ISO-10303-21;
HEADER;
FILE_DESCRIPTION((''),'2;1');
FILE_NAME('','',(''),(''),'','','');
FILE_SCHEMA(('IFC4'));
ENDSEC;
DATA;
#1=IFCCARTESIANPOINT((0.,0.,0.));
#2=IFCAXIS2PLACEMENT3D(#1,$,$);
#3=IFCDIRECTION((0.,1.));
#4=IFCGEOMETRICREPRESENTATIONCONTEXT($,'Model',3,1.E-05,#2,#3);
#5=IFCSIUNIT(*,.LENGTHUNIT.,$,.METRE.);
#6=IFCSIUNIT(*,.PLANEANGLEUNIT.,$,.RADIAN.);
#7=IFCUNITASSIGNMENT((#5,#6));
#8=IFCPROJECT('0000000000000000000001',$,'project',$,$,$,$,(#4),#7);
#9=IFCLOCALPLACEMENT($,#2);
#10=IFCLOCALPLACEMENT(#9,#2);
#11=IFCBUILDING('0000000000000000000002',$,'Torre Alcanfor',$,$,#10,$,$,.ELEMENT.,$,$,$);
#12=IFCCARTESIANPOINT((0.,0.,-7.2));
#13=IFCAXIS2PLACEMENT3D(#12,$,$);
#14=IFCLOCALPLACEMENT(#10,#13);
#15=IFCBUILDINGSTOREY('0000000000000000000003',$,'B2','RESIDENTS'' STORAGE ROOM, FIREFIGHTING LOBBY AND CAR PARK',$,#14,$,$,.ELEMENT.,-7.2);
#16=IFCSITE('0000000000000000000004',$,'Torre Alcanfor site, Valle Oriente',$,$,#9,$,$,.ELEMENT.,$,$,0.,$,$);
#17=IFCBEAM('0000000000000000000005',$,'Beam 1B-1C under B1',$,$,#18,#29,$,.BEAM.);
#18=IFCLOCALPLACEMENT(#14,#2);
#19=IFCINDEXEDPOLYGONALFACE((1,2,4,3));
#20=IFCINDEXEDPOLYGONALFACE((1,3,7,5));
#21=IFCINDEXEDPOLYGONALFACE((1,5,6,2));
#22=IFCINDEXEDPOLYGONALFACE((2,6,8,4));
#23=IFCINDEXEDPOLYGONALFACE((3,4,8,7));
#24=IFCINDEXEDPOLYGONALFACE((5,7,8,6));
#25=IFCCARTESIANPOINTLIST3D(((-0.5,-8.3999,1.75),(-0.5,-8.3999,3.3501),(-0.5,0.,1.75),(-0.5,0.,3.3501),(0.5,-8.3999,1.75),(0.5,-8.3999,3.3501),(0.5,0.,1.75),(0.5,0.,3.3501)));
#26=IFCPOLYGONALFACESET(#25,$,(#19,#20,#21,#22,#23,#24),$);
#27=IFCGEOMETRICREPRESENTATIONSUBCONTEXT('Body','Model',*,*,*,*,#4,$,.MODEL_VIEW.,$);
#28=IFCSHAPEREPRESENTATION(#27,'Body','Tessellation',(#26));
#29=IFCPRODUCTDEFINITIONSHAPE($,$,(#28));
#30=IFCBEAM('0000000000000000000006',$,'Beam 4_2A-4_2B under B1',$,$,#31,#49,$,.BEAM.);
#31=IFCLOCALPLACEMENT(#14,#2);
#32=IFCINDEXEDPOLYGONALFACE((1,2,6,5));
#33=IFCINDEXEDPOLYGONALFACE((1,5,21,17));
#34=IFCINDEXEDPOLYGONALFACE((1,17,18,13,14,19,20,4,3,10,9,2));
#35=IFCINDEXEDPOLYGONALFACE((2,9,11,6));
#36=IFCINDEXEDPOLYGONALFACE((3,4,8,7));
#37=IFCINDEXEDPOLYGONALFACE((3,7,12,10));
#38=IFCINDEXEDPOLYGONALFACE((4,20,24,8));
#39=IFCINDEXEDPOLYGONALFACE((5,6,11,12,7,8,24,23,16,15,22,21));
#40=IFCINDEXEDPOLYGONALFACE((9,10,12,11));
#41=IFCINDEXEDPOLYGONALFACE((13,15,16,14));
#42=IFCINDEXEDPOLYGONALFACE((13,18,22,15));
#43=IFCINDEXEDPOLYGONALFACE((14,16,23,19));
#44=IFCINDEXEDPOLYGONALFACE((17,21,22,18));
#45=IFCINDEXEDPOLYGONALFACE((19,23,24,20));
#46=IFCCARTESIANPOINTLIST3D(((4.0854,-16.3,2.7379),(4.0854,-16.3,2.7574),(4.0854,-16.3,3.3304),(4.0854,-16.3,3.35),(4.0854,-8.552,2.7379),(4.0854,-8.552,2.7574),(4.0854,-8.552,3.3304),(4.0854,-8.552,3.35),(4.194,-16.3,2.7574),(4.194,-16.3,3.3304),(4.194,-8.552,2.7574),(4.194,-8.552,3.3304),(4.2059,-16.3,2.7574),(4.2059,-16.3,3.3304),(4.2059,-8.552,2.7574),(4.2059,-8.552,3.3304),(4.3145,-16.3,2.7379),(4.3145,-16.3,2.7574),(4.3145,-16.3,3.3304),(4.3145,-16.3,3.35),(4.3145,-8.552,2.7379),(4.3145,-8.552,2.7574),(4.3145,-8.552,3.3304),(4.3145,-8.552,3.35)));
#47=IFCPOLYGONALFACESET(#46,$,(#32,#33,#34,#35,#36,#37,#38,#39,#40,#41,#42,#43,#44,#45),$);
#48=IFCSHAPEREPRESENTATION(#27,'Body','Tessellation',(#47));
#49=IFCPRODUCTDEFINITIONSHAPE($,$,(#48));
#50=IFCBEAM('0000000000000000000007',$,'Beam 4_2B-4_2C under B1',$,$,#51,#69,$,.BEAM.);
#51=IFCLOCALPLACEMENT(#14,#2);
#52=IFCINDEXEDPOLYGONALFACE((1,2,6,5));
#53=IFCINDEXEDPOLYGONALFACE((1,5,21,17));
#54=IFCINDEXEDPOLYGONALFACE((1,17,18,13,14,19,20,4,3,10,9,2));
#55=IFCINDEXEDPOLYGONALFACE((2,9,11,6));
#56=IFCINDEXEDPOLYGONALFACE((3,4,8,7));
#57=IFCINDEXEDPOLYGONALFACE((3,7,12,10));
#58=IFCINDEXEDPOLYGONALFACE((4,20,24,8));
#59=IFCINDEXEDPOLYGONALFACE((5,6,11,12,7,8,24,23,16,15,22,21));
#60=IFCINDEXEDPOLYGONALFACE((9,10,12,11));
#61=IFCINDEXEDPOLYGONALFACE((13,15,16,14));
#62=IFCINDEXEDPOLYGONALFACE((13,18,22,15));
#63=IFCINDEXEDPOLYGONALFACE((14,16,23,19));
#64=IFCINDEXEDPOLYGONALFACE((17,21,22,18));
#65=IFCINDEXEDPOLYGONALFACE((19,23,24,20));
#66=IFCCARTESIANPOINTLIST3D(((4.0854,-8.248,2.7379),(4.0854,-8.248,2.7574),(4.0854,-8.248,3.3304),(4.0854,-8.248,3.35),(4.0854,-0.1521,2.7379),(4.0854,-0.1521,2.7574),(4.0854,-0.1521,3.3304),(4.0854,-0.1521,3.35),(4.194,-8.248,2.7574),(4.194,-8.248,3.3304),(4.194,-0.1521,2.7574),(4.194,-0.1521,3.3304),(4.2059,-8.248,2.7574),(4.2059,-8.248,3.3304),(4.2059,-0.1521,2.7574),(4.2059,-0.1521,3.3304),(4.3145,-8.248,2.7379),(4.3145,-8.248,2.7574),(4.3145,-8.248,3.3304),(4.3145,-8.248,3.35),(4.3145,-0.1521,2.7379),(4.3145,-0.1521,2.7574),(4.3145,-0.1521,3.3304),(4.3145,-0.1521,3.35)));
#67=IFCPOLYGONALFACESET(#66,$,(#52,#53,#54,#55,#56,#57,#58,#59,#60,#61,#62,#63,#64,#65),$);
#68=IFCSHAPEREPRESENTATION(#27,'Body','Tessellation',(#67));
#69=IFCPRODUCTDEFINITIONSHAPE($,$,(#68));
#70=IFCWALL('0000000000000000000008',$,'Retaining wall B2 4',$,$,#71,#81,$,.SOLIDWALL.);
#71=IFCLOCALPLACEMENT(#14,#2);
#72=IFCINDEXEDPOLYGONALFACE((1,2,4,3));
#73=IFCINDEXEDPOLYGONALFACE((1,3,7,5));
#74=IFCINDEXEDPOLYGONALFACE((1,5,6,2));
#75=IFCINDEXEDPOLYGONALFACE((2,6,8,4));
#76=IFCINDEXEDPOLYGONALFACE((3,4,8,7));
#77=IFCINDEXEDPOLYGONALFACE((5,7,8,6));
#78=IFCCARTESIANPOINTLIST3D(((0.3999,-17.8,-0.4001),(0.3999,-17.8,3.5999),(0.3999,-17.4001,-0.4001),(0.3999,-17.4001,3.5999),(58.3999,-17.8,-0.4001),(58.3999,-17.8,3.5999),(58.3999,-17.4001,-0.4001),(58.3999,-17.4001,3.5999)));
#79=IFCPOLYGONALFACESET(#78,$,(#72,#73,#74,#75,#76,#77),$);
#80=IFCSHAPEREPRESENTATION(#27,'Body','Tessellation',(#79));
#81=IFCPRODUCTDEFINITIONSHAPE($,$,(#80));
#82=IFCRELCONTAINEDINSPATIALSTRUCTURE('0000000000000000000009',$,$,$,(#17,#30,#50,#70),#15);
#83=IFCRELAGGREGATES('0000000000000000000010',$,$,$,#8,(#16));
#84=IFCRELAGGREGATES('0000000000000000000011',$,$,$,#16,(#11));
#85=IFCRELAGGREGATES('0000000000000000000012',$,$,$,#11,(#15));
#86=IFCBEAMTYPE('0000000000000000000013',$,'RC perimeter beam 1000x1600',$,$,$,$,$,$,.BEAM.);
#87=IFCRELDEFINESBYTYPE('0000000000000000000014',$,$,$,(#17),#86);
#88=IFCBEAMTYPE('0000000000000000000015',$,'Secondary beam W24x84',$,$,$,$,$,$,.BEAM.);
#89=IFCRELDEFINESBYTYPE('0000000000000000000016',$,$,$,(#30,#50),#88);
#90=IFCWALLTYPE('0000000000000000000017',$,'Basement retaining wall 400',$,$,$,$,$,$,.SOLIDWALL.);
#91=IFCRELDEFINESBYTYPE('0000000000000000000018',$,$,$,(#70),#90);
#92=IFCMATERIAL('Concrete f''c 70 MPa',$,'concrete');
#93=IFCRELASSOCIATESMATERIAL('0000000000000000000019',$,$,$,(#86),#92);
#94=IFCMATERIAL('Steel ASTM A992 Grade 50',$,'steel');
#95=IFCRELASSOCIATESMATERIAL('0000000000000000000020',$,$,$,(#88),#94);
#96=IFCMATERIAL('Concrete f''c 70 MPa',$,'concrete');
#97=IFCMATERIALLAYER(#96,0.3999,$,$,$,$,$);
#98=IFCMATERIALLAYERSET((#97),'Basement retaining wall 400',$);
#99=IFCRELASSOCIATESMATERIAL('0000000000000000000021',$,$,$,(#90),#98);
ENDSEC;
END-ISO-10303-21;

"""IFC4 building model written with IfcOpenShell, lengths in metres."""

from ifc_helpers import new_model, si_unit, direction, frame, frame_2d, origin, origin_2d, place, context, subcontext, project, spatial, rectangle, i_section, extrude, material, layer, layer_set, material_profile, profile_set, type_object, element, save


model = new_model("IFC4")

# Units and contexts
model_context = context("Model", 3, precision=1e-05, world=origin(), true_north=direction((0.0, 1.0)))
body_context = subcontext(model_context, "Body", "Model", "MODEL_VIEW")
ifc_project = project(units=[si_unit("LENGTHUNIT", "METRE"), si_unit("PLANEANGLEUNIT", "RADIAN")], contexts=[model_context])

# Site, building, storey
site_placement = place(None, origin())
site = spatial("IfcSite", under=ifc_project, at=site_placement, Name="Torre Alcanfor site, Valle Oriente", CompositionType="ELEMENT", RefElevation=0.0)
building_placement = place(site_placement, origin())
building = spatial("IfcBuilding", under=site, at=building_placement, Name="Torre Alcanfor", CompositionType="ELEMENT")
storey_placement = place(building_placement, frame((0.0, 0.0, -7.2)))
storey = spatial("IfcBuildingStorey", under=building, at=storey_placement, Name="B2", Description="RESIDENTS' STORAGE ROOM, FIREFIGHTING LOBBY AND CAR PARK", CompositionType="ELEMENT", Elevation=-7.2)

# Beams
ifc_material_1 = material(Name="Concrete f'c 70 MPa", Category="concrete")
ifc_material_profile_1 = material_profile(ifc_material_1, rectangle(XDim=1.0, YDim=1.6001, at=origin_2d()), Name="1000x1600")
ifc_profile_set_1 = profile_set([ifc_material_profile_1], Name="Concrete f'c 70 MPa")
beam_type_1 = type_object("IfcBeamType", Name="RC perimeter beam 1000x1600", PredefinedType="BEAM", material=ifc_profile_set_1)
beam_1_placement = place(storey_placement, frame((0.0, -8.3999, 2.55), z_axis=(0.0, 1.0, 0.0), x_axis=(-1.0, 0.0, 0.0)))
element("IfcBeam", 1, at=beam_1_placement, inside=storey, type_object=beam_type_1, Name="Beam 1B-1C under B1", PredefinedType="BEAM", context=body_context, shape_type="SweptSolid", body=[
    extrude(rectangle(XDim=1.0, YDim=1.6001, at=origin_2d()), origin(), (0.0, 0.0, 1.0), 8.3999),
])
ifc_material_2 = material(Name="Steel ASTM A992 Grade 50", Category="steel")
ifc_material_profile_2 = material_profile(ifc_material_2, i_section(OverallWidth=0.229, OverallDepth=0.6121, WebThickness=0.012, FlangeThickness=0.0195, at=origin_2d()), Name="W24x84")
ifc_profile_set_2 = profile_set([ifc_material_profile_2], Name="Steel ASTM A992 Grade 50")
beam_type_2 = type_object("IfcBeamType", Name="Secondary beam W24x84", PredefinedType="BEAM", material=ifc_profile_set_2)
beam_2_placement = place(storey_placement, frame((4.2, -16.3, 3.0439), z_axis=(0.0, 1.0, 0.0), x_axis=(-1.0, 0.0, 0.0)))
element("IfcBeam", 2, at=beam_2_placement, inside=storey, type_object=beam_type_2, Name="Beam 4_2A-4_2B under B1", PredefinedType="BEAM", context=body_context, shape_type="SweptSolid", body=[
    extrude(i_section(OverallWidth=0.229, OverallDepth=0.6121, WebThickness=0.012, FlangeThickness=0.0195, at=origin_2d()), origin(), (0.0, 0.0, 1.0), 7.748),
])
beam_3_placement = place(storey_placement, frame((4.2, -8.248, 3.0439), z_axis=(0.0, 1.0, 0.0), x_axis=(-1.0, 0.0, 0.0)))
element("IfcBeam", 3, at=beam_3_placement, inside=storey, type_object=beam_type_2, Name="Beam 4_2B-4_2C under B1", PredefinedType="BEAM", context=body_context, shape_type="SweptSolid", body=[
    extrude(i_section(OverallWidth=0.229, OverallDepth=0.6121, WebThickness=0.012, FlangeThickness=0.0195, at=origin_2d()), origin(), (0.0, 0.0, 1.0), 8.0959),
])

# Wall
ifc_material_3 = material(Name="Concrete f'c 70 MPa", Category="concrete")
ifc_layer_1 = layer(ifc_material_3, 0.3999)
ifc_layer_set_1 = layer_set([ifc_layer_1], Name="Basement retaining wall 400")
wall_type = type_object("IfcWallType", Name="Basement retaining wall 400", PredefinedType="SOLIDWALL", material=ifc_layer_set_1)
wall_placement = place(storey_placement, frame((0.3999, -17.6001, -0.4001), z_axis=(0.0, 0.0, 1.0), x_axis=(1.0, 0.0, 0.0)))
element("IfcWall", 4, at=wall_placement, inside=storey, type_object=wall_type, Name="Retaining wall B2 4", PredefinedType="SOLIDWALL", context=body_context, shape_type="SweptSolid", body=[
    extrude(rectangle(XDim=58.0, YDim=0.3999, at=frame_2d((29.0, 0.0))), origin(), (0.0, 0.0, 1.0), 4.0),
])

save(model, "model.ifc")
